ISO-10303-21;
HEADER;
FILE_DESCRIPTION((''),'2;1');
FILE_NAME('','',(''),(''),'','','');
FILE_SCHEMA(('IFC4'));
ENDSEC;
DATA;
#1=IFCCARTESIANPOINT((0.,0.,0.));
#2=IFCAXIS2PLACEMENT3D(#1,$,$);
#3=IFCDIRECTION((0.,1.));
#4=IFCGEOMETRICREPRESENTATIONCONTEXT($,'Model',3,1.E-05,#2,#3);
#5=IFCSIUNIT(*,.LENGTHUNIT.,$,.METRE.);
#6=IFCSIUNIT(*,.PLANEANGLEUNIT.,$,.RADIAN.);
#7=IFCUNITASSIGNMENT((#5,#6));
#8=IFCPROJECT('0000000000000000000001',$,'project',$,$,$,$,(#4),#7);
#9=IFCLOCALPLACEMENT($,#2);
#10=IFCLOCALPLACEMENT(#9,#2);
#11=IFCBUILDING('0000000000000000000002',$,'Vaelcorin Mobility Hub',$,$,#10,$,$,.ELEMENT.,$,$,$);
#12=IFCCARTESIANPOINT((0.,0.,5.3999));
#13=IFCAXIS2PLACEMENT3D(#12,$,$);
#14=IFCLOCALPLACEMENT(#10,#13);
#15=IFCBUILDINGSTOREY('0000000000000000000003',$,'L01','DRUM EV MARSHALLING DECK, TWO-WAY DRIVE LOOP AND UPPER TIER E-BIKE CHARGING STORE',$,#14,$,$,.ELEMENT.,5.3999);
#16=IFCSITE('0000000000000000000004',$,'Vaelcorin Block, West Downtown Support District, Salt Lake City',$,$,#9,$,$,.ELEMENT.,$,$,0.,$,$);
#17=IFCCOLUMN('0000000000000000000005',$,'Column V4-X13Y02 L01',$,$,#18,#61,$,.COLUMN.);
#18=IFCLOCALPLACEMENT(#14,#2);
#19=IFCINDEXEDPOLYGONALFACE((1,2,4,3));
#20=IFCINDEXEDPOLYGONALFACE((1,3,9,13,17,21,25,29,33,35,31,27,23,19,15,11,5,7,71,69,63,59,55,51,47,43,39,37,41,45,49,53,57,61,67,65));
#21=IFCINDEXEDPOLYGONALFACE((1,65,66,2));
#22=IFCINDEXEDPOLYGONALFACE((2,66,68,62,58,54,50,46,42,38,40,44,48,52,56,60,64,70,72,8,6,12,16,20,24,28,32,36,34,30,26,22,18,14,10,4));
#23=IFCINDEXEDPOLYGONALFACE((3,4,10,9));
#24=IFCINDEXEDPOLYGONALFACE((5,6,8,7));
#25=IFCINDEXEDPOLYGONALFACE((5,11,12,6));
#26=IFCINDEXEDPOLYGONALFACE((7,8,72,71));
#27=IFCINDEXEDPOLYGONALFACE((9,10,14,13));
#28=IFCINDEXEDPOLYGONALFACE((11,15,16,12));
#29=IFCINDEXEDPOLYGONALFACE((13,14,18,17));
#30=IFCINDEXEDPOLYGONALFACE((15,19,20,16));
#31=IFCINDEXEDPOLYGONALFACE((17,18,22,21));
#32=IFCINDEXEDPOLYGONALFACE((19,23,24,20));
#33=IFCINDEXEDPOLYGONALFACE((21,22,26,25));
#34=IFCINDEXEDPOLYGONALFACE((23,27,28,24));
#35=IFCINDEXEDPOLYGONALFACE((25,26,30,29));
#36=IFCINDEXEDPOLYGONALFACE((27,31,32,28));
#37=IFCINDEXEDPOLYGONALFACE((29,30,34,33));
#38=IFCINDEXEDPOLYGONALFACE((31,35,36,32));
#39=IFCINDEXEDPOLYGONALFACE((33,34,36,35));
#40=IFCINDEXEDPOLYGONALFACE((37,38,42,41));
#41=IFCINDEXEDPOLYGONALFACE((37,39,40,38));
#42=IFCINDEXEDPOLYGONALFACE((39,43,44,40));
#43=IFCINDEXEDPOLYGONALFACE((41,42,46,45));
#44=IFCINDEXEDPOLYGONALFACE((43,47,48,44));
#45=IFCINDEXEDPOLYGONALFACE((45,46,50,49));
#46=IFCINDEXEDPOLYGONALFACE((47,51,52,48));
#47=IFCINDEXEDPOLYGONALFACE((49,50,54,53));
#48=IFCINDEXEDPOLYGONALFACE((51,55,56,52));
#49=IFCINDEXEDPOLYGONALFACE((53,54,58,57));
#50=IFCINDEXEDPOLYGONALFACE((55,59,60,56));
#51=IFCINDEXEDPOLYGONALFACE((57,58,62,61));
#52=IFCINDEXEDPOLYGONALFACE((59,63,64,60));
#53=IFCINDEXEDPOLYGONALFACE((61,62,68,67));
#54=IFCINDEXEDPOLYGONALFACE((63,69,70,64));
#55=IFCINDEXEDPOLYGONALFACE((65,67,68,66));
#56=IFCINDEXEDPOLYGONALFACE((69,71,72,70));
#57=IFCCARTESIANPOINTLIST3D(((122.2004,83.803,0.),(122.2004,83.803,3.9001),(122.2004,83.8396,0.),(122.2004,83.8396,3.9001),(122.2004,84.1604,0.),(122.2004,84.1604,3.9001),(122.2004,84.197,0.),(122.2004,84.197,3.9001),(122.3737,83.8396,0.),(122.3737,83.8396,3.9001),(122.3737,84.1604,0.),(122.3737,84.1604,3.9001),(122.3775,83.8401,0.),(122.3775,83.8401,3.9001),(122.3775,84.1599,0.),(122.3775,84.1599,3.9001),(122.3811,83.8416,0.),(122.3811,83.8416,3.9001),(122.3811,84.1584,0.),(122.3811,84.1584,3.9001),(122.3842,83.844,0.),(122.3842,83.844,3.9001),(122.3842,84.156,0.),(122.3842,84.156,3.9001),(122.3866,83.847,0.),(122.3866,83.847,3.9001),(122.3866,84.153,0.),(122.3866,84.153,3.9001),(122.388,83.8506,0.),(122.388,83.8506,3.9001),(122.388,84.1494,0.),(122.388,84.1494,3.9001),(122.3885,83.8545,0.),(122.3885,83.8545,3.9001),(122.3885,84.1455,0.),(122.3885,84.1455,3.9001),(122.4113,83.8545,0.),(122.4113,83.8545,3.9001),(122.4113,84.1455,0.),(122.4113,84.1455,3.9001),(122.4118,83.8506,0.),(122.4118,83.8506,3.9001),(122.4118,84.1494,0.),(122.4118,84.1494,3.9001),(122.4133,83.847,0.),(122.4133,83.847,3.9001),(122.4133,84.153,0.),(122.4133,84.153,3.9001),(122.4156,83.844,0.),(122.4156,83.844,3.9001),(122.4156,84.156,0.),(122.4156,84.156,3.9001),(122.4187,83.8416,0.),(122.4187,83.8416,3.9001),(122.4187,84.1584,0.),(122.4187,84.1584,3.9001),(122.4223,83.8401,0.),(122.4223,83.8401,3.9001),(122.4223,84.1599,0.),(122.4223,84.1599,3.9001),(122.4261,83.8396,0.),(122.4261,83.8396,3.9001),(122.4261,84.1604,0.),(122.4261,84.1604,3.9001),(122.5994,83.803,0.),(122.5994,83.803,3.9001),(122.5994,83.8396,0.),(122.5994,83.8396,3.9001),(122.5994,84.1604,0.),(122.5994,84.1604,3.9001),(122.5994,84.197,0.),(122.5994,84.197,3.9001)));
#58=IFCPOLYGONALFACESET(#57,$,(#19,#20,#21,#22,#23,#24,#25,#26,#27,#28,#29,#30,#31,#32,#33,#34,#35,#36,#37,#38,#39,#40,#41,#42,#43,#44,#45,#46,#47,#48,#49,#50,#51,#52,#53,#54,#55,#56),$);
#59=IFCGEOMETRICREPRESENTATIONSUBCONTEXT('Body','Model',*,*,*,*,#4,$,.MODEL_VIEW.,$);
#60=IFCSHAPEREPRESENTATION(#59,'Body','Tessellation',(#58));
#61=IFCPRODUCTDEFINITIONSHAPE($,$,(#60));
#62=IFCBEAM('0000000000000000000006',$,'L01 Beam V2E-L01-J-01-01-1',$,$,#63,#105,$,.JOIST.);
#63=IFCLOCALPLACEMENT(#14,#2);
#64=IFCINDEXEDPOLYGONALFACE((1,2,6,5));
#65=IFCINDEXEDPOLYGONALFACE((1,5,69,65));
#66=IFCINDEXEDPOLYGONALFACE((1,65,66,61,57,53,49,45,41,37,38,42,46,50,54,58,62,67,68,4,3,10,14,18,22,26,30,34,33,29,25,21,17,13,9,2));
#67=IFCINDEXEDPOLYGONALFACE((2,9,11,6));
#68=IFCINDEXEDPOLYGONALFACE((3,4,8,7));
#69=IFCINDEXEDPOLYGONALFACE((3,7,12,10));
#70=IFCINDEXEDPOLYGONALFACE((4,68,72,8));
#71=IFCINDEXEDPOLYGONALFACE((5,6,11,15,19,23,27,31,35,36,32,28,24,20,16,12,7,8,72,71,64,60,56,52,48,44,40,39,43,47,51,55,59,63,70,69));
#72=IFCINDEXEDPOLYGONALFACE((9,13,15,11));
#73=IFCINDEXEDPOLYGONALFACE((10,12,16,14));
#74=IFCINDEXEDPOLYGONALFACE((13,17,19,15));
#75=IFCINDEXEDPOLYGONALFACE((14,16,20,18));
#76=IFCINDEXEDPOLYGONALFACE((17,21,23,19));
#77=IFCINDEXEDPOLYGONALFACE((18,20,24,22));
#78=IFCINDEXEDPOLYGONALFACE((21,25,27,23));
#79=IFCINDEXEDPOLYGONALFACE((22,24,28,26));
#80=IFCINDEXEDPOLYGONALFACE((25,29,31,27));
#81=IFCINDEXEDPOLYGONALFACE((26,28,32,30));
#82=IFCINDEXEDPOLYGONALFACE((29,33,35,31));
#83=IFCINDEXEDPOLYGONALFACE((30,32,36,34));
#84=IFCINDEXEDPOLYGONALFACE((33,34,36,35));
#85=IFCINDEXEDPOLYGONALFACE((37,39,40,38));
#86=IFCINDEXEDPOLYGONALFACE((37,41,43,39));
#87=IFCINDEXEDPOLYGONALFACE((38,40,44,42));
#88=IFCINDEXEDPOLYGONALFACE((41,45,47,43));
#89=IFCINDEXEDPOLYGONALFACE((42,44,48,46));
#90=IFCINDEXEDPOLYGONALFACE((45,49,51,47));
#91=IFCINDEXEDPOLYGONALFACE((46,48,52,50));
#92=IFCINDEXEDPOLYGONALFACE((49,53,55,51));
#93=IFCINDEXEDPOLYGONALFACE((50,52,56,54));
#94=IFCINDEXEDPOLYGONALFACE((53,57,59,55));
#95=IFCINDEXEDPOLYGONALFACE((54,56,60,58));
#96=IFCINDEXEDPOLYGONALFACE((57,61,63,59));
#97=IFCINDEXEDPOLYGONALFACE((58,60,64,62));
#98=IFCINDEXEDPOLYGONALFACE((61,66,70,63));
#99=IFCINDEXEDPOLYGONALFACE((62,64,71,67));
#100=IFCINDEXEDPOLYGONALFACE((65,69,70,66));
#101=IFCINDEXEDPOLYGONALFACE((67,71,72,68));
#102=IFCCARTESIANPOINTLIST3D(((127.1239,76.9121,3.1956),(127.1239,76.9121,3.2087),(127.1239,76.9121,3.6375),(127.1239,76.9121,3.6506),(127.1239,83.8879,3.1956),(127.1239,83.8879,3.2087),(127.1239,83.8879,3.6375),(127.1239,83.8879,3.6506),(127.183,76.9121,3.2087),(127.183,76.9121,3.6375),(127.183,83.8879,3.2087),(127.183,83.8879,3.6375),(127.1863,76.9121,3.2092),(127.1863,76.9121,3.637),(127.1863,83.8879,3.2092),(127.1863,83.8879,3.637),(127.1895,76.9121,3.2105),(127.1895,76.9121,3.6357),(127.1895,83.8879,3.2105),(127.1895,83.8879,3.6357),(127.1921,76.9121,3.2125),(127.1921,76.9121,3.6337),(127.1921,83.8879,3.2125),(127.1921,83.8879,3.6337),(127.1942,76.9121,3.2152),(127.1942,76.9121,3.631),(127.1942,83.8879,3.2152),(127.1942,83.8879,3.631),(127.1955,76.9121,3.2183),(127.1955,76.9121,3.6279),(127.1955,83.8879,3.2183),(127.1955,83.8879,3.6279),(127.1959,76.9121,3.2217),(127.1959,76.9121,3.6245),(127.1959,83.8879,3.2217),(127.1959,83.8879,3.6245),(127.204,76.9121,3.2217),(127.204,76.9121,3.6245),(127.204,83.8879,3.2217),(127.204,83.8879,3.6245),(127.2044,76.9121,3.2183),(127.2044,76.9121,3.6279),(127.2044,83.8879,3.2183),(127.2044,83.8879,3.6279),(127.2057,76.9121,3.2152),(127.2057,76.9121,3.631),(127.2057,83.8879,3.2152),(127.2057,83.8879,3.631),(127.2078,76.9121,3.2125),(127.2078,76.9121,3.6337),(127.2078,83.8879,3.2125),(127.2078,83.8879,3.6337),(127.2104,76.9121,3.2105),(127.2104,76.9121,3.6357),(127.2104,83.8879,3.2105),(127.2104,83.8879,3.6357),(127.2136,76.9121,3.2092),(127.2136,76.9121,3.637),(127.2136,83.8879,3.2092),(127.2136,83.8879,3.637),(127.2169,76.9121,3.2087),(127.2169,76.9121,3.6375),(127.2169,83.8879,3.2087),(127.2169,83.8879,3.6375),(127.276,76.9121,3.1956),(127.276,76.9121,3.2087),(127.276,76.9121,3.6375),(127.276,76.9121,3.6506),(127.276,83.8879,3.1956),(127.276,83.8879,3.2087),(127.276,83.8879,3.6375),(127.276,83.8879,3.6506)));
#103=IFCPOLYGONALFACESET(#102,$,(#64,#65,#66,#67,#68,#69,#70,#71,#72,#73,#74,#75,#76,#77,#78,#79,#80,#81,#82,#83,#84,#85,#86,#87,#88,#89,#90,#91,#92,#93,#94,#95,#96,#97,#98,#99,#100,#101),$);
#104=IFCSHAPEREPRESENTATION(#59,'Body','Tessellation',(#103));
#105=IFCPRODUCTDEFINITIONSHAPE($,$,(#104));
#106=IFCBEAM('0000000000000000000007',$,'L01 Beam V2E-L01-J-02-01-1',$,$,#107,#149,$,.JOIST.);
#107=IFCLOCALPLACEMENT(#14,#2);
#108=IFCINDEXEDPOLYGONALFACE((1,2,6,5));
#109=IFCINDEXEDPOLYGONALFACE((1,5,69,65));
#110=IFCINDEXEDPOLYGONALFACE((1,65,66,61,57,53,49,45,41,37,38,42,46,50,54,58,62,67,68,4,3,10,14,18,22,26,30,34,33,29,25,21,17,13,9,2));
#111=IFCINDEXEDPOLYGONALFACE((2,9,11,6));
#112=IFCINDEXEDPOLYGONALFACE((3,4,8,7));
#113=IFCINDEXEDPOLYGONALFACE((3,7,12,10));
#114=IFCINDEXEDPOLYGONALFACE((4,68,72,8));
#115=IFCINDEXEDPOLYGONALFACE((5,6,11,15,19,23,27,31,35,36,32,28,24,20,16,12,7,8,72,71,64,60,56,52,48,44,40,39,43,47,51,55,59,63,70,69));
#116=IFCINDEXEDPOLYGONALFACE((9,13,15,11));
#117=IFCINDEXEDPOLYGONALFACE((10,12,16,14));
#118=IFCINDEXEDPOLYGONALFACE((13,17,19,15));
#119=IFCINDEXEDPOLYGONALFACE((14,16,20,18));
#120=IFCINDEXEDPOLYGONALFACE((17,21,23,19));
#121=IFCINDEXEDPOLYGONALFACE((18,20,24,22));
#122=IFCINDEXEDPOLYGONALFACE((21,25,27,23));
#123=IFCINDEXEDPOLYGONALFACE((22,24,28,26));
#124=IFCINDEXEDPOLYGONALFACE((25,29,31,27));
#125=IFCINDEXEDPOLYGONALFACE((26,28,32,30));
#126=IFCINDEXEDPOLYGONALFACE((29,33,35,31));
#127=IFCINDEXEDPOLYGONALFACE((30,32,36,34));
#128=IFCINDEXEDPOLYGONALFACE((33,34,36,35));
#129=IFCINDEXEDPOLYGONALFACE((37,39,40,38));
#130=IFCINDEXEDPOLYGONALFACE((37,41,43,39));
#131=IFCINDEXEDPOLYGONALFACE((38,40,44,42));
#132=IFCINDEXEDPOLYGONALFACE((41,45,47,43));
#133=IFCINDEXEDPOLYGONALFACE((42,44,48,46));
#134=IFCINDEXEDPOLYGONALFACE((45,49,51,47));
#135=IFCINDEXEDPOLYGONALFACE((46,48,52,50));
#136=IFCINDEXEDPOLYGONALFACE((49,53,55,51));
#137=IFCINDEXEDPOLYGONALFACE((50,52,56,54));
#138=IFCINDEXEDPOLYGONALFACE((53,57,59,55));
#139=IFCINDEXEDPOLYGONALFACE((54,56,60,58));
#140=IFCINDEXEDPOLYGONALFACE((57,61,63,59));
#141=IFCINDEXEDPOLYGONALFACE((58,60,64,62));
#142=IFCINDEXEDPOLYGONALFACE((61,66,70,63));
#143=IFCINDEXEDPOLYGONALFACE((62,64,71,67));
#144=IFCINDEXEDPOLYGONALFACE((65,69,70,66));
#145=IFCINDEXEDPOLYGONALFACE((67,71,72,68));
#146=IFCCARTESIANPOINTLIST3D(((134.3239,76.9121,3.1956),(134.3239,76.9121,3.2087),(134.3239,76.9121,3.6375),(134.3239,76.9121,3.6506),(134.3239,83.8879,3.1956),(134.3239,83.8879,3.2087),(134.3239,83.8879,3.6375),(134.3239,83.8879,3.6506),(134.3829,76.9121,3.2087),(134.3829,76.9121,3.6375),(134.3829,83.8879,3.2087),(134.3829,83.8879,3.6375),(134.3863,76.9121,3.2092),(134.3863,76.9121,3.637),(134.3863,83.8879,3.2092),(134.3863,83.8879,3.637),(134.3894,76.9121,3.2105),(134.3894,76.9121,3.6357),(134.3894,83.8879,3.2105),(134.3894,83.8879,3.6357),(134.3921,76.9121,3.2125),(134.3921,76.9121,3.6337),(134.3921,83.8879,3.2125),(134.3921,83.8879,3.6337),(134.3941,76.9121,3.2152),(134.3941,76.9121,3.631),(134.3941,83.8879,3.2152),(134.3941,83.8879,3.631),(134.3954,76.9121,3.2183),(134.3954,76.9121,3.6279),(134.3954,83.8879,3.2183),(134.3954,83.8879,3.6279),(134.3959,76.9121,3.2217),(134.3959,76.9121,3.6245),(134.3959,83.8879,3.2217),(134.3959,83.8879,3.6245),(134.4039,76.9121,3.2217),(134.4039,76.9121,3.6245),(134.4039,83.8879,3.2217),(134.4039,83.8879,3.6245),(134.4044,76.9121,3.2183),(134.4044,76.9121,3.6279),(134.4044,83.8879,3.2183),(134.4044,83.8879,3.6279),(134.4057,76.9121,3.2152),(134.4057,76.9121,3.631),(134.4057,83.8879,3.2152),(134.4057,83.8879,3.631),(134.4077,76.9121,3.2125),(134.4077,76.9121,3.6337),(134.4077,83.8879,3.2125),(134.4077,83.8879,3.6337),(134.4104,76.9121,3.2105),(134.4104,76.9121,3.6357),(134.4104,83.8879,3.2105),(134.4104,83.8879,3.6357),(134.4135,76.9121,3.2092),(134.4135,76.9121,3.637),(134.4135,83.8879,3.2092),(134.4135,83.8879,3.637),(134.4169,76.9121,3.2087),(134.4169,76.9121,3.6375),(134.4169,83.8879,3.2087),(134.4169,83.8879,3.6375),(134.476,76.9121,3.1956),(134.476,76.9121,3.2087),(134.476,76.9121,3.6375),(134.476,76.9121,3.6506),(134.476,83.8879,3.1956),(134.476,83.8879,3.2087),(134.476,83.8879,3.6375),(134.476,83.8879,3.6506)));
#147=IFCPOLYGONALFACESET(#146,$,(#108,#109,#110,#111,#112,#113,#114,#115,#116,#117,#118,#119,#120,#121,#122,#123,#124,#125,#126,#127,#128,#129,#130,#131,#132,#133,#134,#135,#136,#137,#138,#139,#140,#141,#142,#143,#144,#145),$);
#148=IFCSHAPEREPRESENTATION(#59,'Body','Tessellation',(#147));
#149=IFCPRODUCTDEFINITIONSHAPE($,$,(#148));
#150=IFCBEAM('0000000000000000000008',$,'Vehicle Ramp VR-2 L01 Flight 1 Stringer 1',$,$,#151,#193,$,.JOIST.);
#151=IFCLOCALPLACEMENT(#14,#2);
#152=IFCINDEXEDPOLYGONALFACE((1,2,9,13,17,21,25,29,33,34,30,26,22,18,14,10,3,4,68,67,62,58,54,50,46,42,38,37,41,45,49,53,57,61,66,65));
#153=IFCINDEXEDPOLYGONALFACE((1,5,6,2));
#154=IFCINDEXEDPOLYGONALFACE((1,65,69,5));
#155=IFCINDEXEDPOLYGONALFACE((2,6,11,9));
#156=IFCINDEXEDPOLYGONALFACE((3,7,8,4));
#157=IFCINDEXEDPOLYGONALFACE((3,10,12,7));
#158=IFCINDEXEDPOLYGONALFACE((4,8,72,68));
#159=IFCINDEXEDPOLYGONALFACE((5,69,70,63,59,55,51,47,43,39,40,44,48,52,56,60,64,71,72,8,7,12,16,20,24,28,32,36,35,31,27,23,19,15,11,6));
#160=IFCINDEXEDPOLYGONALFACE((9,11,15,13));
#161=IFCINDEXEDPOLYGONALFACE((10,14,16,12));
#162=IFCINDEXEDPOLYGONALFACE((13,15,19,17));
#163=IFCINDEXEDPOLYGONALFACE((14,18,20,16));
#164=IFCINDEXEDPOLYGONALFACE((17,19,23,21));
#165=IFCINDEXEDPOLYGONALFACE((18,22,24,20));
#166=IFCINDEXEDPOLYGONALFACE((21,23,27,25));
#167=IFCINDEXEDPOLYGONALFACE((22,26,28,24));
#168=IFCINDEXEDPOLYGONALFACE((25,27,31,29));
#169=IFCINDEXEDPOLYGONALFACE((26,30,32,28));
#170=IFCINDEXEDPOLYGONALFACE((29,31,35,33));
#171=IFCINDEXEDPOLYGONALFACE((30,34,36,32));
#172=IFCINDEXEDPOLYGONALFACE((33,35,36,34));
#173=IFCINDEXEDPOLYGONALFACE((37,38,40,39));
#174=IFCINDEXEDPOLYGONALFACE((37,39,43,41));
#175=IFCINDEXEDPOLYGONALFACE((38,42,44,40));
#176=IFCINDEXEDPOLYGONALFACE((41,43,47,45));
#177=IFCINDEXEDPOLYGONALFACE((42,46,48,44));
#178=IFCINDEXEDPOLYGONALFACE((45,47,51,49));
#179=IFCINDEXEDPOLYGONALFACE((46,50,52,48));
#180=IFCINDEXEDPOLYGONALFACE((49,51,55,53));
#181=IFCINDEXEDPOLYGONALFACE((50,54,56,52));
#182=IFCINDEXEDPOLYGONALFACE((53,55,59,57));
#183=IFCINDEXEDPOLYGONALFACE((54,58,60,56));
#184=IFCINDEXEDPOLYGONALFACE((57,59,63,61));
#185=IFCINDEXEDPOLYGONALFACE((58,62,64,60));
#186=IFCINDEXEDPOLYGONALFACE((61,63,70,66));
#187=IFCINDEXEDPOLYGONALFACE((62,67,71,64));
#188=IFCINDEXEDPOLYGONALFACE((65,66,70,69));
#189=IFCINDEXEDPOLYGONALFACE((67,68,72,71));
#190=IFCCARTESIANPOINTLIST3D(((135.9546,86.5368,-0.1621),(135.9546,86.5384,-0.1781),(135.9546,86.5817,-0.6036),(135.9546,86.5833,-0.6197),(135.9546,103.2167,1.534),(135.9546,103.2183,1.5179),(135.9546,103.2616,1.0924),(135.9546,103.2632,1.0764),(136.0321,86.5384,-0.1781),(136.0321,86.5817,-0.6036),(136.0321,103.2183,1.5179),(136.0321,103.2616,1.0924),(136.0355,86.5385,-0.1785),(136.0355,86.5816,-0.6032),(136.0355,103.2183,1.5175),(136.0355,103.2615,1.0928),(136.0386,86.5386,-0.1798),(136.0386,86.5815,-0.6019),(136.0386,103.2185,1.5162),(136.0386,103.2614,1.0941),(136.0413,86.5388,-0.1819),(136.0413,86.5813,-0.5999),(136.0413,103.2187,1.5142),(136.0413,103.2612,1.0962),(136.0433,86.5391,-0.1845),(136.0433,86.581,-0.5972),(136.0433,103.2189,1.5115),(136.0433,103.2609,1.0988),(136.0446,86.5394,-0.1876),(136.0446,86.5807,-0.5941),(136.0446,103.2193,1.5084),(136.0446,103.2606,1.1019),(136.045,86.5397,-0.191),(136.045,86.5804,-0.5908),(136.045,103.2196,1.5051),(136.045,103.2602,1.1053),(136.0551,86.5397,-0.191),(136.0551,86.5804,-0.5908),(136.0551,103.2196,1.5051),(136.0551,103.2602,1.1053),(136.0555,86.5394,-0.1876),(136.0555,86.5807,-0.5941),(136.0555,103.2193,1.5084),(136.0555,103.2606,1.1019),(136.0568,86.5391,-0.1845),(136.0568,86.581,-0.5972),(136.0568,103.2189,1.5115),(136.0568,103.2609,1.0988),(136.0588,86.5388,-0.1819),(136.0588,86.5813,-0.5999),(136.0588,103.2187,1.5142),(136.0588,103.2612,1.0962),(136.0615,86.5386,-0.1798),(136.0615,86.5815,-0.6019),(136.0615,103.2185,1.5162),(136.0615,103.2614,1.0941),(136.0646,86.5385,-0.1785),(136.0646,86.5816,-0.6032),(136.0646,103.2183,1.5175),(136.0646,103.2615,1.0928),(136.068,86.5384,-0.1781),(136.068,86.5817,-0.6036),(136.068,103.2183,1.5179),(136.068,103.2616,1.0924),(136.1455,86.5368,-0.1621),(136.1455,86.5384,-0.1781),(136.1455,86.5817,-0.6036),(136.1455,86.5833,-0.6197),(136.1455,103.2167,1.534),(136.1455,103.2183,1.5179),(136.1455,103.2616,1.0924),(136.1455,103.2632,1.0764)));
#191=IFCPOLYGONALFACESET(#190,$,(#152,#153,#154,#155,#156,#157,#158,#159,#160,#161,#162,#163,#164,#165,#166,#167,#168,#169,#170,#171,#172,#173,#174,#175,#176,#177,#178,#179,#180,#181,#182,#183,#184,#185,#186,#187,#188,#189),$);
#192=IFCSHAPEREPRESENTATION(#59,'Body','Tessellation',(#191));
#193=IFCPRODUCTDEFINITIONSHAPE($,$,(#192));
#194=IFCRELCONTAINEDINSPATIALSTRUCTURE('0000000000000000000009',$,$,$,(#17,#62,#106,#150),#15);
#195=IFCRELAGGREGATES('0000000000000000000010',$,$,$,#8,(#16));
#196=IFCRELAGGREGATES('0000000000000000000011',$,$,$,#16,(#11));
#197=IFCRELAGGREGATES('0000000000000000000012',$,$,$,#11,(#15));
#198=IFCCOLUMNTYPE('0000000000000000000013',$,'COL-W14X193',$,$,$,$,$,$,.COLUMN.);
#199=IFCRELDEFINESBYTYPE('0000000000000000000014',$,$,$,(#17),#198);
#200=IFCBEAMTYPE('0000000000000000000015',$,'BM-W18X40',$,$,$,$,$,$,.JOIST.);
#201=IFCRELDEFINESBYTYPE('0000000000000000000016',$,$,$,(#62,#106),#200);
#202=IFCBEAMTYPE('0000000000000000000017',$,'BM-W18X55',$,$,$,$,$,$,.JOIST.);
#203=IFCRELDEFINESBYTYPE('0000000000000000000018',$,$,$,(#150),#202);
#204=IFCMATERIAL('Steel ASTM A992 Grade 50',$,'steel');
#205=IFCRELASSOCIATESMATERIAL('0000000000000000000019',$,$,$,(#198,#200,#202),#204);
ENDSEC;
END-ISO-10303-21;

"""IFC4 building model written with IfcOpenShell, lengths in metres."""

from ifc_helpers import new_model, si_unit, direction, frame, origin, origin_2d, place, context, subcontext, project, spatial, i_section, extrude, material, material_profile, profile_set, type_object, element, save


model = new_model("IFC4")

# Units and contexts
model_context = context("Model", 3, precision=1e-05, world=origin(), true_north=direction((0.0, 1.0)))
body_context = subcontext(model_context, "Body", "Model", "MODEL_VIEW")
ifc_project = project(units=[si_unit("LENGTHUNIT", "METRE"), si_unit("PLANEANGLEUNIT", "RADIAN")], contexts=[model_context])

# Site, building, storey
site_placement = place(None, origin())
site = spatial("IfcSite", under=ifc_project, at=site_placement, Name="Vaelcorin Block, West Downtown Support District, Salt Lake City", CompositionType="ELEMENT", RefElevation=0.0)
building_placement = place(site_placement, origin())
building = spatial("IfcBuilding", under=site, at=building_placement, Name="Vaelcorin Mobility Hub", CompositionType="ELEMENT")
storey_placement = place(building_placement, frame((0.0, 0.0, 5.3999)))
storey = spatial("IfcBuildingStorey", under=building, at=storey_placement, Name="L01", Description="DRUM EV MARSHALLING DECK, TWO-WAY DRIVE LOOP AND UPPER TIER E-BIKE CHARGING STORE", CompositionType="ELEMENT", Elevation=5.3999)

# Column
ifc_material_1 = material(Name="Steel ASTM A992 Grade 50", Category="steel")
ifc_material_profile_1 = material_profile(ifc_material_1, i_section(OverallWidth=0.3989, OverallDepth=0.394, WebThickness=0.0227, FlangeThickness=0.0366, FilletRadius=0.0149, at=origin_2d()), Name="W14X193")
ifc_profile_set_1 = profile_set([ifc_material_profile_1], Name="Steel ASTM A992 Grade 50")
column_type_1 = type_object("IfcColumnType", Name="COL-W14X193", PredefinedType="COLUMN", material=ifc_profile_set_1)
column_1_placement = place(storey_placement, frame((122.3999, 84.0, 0.0), z_axis=(0.0, 0.0, 1.0), x_axis=(1.0, 0.0, 0.0)))
element("IfcColumn", 1, at=column_1_placement, inside=storey, type_object=column_type_1, Name="Column V4-X13Y02 L01", PredefinedType="COLUMN", context=body_context, shape_type="SweptSolid", body=[
    extrude(i_section(OverallWidth=0.3989, OverallDepth=0.394, WebThickness=0.0227, FlangeThickness=0.0366, FilletRadius=0.0149, at=origin_2d()), origin(), (0.0, 0.0, 1.0), 3.9001),
])

# Beams
ifc_material_profile_2 = material_profile(ifc_material_1, i_section(OverallWidth=0.1521, OverallDepth=0.4551, WebThickness=0.0081, FlangeThickness=0.0132, FilletRadius=0.0129, at=origin_2d()), Name="W18X40")
ifc_profile_set_2 = profile_set([ifc_material_profile_2], Name="Steel ASTM A992 Grade 50")
beam_type_1 = type_object("IfcBeamType", Name="BM-W18X40", PredefinedType="JOIST", material=ifc_profile_set_2)
for number, where, z_axis, x_axis, name in (
    (2, (127.2, 76.9121, 3.4231), (0.0, 1.0, 0.0), (-1.0, 0.0, 0.0), "L01 Beam V2E-L01-J-01-01-1"),
    (3, (134.3999, 76.9121, 3.4231), (0.0, 1.0, 0.0), (-1.0, 0.0, 0.0), "L01 Beam V2E-L01-J-02-01-1"),
):
    element("IfcBeam", number, at=place(storey_placement, frame(where, z_axis=z_axis, x_axis=x_axis)), inside=storey, type_object=beam_type_1, Name=name, PredefinedType="JOIST", context=body_context, shape_type="SweptSolid", body=[
        extrude(i_section(OverallWidth=0.1521, OverallDepth=0.4551, WebThickness=0.0081, FlangeThickness=0.0132, FilletRadius=0.0129, at=origin_2d()), origin(), (0.0, 0.0, 1.0), 6.9758),
    ])
ifc_material_profile_3 = material_profile(ifc_material_1, i_section(OverallWidth=0.1909, OverallDepth=0.46, WebThickness=0.01, FlangeThickness=0.0161, FilletRadius=0.0129, at=origin_2d()), Name="W18X55")
ifc_profile_set_3 = profile_set([ifc_material_profile_3], Name="Steel ASTM A992 Grade 50")
beam_type_2 = type_object("IfcBeamType", Name="BM-W18X55", PredefinedType="JOIST", material=ifc_profile_set_3)
beam_1_placement = place(storey_placement, frame((136.05, 86.5601, -0.3909), z_axis=(0.0, 0.99487, 0.10116), x_axis=(-1.0, 0.0, 0.0)))
element("IfcBeam", 4, at=beam_1_placement, inside=storey, type_object=beam_type_2, Name="Vehicle Ramp VR-2 L01 Flight 1 Stringer 1", PredefinedType="JOIST", context=body_context, shape_type="SweptSolid", body=[
    extrude(i_section(OverallWidth=0.1909, OverallDepth=0.46, WebThickness=0.01, FlangeThickness=0.0161, FilletRadius=0.0129, at=origin_2d()), origin(), (0.0, 0.0, 1.0), 16.7659),
])

save(model, "model.ifc")
